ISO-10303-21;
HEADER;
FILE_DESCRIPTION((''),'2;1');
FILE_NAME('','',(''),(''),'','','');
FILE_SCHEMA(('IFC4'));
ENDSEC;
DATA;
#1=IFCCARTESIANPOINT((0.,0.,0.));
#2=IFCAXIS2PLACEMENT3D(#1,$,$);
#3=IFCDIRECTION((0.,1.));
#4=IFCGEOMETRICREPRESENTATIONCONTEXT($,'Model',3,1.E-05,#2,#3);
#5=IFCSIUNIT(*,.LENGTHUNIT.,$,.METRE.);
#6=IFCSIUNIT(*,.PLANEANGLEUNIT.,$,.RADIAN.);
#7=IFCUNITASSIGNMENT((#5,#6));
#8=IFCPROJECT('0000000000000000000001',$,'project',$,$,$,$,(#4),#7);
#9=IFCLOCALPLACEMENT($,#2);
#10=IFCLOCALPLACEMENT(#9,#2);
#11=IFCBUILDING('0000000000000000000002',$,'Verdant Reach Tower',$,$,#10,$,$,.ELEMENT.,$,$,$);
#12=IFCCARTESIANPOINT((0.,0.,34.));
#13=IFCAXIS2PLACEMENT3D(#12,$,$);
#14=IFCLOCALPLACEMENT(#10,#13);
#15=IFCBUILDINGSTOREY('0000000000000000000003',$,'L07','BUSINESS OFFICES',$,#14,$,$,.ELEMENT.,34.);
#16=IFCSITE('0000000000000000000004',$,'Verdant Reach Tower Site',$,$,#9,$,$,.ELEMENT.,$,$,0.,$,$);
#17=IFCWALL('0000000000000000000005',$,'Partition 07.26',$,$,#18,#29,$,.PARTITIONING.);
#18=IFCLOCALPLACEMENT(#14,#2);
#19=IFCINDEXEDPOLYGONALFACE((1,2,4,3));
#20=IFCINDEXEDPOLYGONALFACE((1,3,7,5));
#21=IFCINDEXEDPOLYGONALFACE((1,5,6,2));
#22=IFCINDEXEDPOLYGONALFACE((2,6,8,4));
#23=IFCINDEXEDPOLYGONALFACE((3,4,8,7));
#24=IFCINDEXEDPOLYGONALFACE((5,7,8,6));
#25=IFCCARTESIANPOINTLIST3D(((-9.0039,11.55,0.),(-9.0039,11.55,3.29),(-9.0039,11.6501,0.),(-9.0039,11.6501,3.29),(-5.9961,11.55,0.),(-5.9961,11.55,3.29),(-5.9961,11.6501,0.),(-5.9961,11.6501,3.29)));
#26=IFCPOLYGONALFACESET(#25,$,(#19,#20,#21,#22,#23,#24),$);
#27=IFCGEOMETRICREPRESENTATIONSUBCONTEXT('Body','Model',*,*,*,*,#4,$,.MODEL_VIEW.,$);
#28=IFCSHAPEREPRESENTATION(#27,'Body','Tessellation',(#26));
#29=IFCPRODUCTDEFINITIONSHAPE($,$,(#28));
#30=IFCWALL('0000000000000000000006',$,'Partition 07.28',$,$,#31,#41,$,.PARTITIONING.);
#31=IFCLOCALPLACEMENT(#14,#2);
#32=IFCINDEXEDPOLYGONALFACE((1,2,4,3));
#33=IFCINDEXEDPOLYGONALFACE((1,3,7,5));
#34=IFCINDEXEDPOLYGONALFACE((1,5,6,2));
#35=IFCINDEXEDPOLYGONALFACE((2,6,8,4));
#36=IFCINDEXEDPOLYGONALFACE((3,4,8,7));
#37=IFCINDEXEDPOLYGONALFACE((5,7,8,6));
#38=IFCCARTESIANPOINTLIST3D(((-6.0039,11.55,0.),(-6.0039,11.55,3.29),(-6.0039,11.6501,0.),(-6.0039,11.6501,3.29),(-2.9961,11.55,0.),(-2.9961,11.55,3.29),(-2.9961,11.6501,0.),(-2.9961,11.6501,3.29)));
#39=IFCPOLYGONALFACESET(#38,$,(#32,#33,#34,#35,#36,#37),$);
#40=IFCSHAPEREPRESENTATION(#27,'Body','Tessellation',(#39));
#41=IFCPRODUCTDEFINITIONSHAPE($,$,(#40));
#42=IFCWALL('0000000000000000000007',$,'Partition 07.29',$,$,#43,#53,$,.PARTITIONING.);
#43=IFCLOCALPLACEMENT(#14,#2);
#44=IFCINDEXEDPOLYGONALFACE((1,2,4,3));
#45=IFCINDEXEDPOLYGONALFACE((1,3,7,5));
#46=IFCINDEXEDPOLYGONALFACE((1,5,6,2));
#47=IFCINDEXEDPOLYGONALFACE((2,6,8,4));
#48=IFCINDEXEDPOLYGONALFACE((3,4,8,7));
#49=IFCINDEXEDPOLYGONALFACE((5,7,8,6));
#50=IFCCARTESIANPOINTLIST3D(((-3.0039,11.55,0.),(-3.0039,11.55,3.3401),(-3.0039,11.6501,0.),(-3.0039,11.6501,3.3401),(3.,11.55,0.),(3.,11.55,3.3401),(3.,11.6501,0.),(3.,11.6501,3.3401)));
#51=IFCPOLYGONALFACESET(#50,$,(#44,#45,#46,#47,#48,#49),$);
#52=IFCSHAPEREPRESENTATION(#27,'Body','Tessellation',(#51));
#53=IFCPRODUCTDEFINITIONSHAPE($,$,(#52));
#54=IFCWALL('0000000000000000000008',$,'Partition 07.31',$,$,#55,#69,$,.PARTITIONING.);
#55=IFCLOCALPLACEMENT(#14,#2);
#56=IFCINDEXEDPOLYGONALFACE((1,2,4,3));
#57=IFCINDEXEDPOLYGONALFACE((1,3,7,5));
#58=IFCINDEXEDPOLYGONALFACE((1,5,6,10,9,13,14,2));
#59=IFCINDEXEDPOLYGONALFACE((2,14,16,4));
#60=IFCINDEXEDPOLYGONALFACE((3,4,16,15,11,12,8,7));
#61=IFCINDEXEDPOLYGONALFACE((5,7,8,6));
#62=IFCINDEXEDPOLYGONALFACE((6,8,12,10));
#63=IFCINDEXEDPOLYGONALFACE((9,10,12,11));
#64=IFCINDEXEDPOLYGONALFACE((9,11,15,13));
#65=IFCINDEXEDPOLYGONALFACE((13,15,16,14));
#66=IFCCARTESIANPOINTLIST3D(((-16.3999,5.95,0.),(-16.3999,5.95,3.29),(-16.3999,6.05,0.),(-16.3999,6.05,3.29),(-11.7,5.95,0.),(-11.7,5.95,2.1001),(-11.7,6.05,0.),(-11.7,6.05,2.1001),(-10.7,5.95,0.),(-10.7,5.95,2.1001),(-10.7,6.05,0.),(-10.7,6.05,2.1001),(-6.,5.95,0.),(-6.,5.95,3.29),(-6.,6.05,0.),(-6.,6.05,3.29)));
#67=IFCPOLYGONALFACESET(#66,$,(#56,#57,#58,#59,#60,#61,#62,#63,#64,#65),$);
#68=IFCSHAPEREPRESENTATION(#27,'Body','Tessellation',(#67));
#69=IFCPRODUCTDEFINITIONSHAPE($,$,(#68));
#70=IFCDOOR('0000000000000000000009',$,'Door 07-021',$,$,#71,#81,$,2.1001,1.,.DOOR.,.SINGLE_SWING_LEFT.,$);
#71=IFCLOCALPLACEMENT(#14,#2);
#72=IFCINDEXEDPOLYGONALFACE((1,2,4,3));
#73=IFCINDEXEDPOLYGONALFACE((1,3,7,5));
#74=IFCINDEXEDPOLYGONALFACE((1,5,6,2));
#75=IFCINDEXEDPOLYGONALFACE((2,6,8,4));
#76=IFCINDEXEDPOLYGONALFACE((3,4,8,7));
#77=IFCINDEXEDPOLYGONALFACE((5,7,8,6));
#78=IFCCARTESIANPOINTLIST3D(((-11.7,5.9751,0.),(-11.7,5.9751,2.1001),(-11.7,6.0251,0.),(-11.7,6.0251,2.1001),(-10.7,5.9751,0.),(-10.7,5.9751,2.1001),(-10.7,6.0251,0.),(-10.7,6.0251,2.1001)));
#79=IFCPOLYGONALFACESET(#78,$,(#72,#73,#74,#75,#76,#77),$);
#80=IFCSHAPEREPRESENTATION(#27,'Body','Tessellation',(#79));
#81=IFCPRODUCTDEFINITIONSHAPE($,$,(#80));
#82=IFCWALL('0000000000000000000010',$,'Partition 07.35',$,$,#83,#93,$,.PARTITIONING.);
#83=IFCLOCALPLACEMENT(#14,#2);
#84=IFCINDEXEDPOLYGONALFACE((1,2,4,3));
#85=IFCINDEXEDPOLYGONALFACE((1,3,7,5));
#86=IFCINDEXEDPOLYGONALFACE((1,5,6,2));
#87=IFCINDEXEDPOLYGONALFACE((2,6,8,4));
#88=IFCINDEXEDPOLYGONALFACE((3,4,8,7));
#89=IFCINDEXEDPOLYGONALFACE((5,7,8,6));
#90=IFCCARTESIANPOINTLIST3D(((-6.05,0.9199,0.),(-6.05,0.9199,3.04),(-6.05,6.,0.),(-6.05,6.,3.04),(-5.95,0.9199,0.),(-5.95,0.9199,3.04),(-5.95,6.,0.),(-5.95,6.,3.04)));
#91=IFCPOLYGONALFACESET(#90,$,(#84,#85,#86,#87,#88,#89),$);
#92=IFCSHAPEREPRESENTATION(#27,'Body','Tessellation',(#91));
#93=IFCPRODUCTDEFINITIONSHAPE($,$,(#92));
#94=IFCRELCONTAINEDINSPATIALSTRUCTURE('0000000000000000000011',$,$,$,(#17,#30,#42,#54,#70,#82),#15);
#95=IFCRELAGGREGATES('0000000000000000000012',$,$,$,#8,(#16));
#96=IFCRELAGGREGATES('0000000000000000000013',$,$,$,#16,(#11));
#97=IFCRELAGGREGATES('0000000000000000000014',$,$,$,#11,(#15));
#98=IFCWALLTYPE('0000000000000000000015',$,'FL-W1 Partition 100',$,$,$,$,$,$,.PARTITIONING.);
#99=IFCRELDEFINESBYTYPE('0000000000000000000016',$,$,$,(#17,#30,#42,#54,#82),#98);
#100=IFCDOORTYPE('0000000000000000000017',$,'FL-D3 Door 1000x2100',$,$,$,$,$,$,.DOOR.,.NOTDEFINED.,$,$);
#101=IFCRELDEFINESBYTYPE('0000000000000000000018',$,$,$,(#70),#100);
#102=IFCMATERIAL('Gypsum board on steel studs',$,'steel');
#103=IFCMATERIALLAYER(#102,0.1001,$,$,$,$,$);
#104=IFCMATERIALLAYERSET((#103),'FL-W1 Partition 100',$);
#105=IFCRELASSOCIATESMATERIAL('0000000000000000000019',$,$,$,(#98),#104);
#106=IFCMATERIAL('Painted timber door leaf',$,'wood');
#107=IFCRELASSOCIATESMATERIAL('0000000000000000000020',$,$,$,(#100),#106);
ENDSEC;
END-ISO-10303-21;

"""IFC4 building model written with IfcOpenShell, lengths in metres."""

from ifc_helpers import new_model, si_unit, direction, frame, frame_2d, origin, place, context, subcontext, project, spatial, rectangle, extrude, material, layer, layer_set, type_object, element, fill, save


model = new_model("IFC4")

# Units and contexts
model_context = context("Model", 3, precision=1e-05, world=origin(), true_north=direction((0.0, 1.0)))
body_context = subcontext(model_context, "Body", "Model", "MODEL_VIEW")
ifc_project = project(units=[si_unit("LENGTHUNIT", "METRE"), si_unit("PLANEANGLEUNIT", "RADIAN")], contexts=[model_context])

# Site, building, storey
site_placement = place(None, origin())
site = spatial("IfcSite", under=ifc_project, at=site_placement, Name="Verdant Reach Tower Site", CompositionType="ELEMENT", RefElevation=0.0)
building_placement = place(site_placement, origin())
building = spatial("IfcBuilding", under=site, at=building_placement, Name="Verdant Reach Tower", CompositionType="ELEMENT")
storey_placement = place(building_placement, frame((0.0, 0.0, 34.0)))
storey = spatial("IfcBuildingStorey", under=building, at=storey_placement, Name="L07", Description="BUSINESS OFFICES", CompositionType="ELEMENT", Elevation=34.0)

# Shared definitions
ifc_material_1 = material(Name="Gypsum board on steel studs", Category="steel")
ifc_layer_1 = layer(ifc_material_1, 0.1001)
ifc_layer_set_1 = layer_set([ifc_layer_1], Name="FL-W1 Partition 100")
wall_type = type_object("IfcWallType", Name="FL-W1 Partition 100", PredefinedType="PARTITIONING", material=ifc_layer_set_1)
ifc_material_2 = material(Name="Painted timber door leaf", Category="wood")
door_type = type_object("IfcDoorType", Name="FL-D3 Door 1000x2100", OperationType="NOTDEFINED", PredefinedType="DOOR", material=ifc_material_2)

# Walls
for number, where, z_axis, x_axis, name in (
    (1, (-9.0039, 11.6001, 0.0), (0.0, 0.0, 1.0), (1.0, 0.0, 0.0), "Partition 07.26"),
    (2, (-6.0039, 11.6001, 0.0), (0.0, 0.0, 1.0), (1.0, 0.0, 0.0), "Partition 07.28"),
):
    element("IfcWall", number, at=place(storey_placement, frame(where, z_axis=z_axis, x_axis=x_axis)), inside=storey, type_object=wall_type, Name=name, PredefinedType="PARTITIONING", context=body_context, shape_type="SweptSolid", body=[
        extrude(rectangle(XDim=3.0078, YDim=0.1001, at=frame_2d((1.5039, 0.0))), origin(), (0.0, 0.0, 1.0), 3.29),
    ])
wall_1_placement = place(storey_placement, frame((-3.0039, 11.6001, 0.0), z_axis=(0.0, 0.0, 1.0), x_axis=(1.0, 0.0, 0.0)))
element("IfcWall", 3, at=wall_1_placement, inside=storey, type_object=wall_type, Name="Partition 07.29", PredefinedType="PARTITIONING", context=body_context, shape_type="SweptSolid", body=[
    extrude(rectangle(XDim=6.0039, YDim=0.1001, at=frame_2d((3.002, 0.0))), origin(), (0.0, 0.0, 1.0), 3.3401),
])

# Wall, opening, door
wall_2_placement = place(storey_placement, frame((-6.0, 6.0, 0.0), z_axis=(0.0, 0.0, 1.0), x_axis=(-1.0, 0.0, 0.0)))
wall_2 = element("IfcWall", 4, at=wall_2_placement, inside=storey, type_object=wall_type, Name="Partition 07.31", PredefinedType="PARTITIONING", context=body_context, shape_type="SweptSolid", body=[
    extrude(rectangle(XDim=10.3999, YDim=0.1001, at=frame_2d((5.2, 0.0))), origin(), (0.0, 0.0, 1.0), 3.29),
])
opening_1_placement = place(wall_2_placement, frame((4.7, 0.0, 0.0)))
opening_1 = element("IfcOpeningElement", 5, at=opening_1_placement, cuts=wall_2, PredefinedType="OPENING", context=body_context, shape_type="SweptSolid", body=[
    extrude(rectangle(XDim=1.0, YDim=2.1001, at=frame_2d((0.5, 1.05))), frame((0.0, 0.0601, 0.0), z_axis=(0.0, -1.0, 0.0), x_axis=(1.0, 0.0, 0.0)), (0.0, 0.0, 1.0), 0.1201),
])
door_1_placement = place(opening_1_placement, origin())
door_1 = element("IfcDoor", 6, at=door_1_placement, inside=storey, type_object=door_type, Name="Door 07-021", OperationType="SINGLE_SWING_LEFT", OverallHeight=2.1001, OverallWidth=1.0, PredefinedType="DOOR", context=body_context, shape_type="SweptSolid", body=[
    extrude(rectangle(XDim=1.0, YDim=2.1001, at=frame_2d((0.5, 1.05))), frame((0.0, 0.0249, 0.0), z_axis=(0.0, -1.0, 0.0), x_axis=(1.0, 0.0, 0.0)), (0.0, 0.0, 1.0), 0.05),
])
fill(opening_1, door_1)

# Wall
wall_3_placement = place(storey_placement, frame((-6.0, 0.9199, 0.0), z_axis=(0.0, 0.0, 1.0), x_axis=(0.0, 1.0, 0.0)))
element("IfcWall", 7, at=wall_3_placement, inside=storey, type_object=wall_type, Name="Partition 07.35", PredefinedType="PARTITIONING", context=body_context, shape_type="SweptSolid", body=[
    extrude(rectangle(XDim=5.0801, YDim=0.1001, at=frame_2d((2.54, 0.0))), origin(), (0.0, 0.0, 1.0), 3.04),
])

save(model, "model.ifc")
